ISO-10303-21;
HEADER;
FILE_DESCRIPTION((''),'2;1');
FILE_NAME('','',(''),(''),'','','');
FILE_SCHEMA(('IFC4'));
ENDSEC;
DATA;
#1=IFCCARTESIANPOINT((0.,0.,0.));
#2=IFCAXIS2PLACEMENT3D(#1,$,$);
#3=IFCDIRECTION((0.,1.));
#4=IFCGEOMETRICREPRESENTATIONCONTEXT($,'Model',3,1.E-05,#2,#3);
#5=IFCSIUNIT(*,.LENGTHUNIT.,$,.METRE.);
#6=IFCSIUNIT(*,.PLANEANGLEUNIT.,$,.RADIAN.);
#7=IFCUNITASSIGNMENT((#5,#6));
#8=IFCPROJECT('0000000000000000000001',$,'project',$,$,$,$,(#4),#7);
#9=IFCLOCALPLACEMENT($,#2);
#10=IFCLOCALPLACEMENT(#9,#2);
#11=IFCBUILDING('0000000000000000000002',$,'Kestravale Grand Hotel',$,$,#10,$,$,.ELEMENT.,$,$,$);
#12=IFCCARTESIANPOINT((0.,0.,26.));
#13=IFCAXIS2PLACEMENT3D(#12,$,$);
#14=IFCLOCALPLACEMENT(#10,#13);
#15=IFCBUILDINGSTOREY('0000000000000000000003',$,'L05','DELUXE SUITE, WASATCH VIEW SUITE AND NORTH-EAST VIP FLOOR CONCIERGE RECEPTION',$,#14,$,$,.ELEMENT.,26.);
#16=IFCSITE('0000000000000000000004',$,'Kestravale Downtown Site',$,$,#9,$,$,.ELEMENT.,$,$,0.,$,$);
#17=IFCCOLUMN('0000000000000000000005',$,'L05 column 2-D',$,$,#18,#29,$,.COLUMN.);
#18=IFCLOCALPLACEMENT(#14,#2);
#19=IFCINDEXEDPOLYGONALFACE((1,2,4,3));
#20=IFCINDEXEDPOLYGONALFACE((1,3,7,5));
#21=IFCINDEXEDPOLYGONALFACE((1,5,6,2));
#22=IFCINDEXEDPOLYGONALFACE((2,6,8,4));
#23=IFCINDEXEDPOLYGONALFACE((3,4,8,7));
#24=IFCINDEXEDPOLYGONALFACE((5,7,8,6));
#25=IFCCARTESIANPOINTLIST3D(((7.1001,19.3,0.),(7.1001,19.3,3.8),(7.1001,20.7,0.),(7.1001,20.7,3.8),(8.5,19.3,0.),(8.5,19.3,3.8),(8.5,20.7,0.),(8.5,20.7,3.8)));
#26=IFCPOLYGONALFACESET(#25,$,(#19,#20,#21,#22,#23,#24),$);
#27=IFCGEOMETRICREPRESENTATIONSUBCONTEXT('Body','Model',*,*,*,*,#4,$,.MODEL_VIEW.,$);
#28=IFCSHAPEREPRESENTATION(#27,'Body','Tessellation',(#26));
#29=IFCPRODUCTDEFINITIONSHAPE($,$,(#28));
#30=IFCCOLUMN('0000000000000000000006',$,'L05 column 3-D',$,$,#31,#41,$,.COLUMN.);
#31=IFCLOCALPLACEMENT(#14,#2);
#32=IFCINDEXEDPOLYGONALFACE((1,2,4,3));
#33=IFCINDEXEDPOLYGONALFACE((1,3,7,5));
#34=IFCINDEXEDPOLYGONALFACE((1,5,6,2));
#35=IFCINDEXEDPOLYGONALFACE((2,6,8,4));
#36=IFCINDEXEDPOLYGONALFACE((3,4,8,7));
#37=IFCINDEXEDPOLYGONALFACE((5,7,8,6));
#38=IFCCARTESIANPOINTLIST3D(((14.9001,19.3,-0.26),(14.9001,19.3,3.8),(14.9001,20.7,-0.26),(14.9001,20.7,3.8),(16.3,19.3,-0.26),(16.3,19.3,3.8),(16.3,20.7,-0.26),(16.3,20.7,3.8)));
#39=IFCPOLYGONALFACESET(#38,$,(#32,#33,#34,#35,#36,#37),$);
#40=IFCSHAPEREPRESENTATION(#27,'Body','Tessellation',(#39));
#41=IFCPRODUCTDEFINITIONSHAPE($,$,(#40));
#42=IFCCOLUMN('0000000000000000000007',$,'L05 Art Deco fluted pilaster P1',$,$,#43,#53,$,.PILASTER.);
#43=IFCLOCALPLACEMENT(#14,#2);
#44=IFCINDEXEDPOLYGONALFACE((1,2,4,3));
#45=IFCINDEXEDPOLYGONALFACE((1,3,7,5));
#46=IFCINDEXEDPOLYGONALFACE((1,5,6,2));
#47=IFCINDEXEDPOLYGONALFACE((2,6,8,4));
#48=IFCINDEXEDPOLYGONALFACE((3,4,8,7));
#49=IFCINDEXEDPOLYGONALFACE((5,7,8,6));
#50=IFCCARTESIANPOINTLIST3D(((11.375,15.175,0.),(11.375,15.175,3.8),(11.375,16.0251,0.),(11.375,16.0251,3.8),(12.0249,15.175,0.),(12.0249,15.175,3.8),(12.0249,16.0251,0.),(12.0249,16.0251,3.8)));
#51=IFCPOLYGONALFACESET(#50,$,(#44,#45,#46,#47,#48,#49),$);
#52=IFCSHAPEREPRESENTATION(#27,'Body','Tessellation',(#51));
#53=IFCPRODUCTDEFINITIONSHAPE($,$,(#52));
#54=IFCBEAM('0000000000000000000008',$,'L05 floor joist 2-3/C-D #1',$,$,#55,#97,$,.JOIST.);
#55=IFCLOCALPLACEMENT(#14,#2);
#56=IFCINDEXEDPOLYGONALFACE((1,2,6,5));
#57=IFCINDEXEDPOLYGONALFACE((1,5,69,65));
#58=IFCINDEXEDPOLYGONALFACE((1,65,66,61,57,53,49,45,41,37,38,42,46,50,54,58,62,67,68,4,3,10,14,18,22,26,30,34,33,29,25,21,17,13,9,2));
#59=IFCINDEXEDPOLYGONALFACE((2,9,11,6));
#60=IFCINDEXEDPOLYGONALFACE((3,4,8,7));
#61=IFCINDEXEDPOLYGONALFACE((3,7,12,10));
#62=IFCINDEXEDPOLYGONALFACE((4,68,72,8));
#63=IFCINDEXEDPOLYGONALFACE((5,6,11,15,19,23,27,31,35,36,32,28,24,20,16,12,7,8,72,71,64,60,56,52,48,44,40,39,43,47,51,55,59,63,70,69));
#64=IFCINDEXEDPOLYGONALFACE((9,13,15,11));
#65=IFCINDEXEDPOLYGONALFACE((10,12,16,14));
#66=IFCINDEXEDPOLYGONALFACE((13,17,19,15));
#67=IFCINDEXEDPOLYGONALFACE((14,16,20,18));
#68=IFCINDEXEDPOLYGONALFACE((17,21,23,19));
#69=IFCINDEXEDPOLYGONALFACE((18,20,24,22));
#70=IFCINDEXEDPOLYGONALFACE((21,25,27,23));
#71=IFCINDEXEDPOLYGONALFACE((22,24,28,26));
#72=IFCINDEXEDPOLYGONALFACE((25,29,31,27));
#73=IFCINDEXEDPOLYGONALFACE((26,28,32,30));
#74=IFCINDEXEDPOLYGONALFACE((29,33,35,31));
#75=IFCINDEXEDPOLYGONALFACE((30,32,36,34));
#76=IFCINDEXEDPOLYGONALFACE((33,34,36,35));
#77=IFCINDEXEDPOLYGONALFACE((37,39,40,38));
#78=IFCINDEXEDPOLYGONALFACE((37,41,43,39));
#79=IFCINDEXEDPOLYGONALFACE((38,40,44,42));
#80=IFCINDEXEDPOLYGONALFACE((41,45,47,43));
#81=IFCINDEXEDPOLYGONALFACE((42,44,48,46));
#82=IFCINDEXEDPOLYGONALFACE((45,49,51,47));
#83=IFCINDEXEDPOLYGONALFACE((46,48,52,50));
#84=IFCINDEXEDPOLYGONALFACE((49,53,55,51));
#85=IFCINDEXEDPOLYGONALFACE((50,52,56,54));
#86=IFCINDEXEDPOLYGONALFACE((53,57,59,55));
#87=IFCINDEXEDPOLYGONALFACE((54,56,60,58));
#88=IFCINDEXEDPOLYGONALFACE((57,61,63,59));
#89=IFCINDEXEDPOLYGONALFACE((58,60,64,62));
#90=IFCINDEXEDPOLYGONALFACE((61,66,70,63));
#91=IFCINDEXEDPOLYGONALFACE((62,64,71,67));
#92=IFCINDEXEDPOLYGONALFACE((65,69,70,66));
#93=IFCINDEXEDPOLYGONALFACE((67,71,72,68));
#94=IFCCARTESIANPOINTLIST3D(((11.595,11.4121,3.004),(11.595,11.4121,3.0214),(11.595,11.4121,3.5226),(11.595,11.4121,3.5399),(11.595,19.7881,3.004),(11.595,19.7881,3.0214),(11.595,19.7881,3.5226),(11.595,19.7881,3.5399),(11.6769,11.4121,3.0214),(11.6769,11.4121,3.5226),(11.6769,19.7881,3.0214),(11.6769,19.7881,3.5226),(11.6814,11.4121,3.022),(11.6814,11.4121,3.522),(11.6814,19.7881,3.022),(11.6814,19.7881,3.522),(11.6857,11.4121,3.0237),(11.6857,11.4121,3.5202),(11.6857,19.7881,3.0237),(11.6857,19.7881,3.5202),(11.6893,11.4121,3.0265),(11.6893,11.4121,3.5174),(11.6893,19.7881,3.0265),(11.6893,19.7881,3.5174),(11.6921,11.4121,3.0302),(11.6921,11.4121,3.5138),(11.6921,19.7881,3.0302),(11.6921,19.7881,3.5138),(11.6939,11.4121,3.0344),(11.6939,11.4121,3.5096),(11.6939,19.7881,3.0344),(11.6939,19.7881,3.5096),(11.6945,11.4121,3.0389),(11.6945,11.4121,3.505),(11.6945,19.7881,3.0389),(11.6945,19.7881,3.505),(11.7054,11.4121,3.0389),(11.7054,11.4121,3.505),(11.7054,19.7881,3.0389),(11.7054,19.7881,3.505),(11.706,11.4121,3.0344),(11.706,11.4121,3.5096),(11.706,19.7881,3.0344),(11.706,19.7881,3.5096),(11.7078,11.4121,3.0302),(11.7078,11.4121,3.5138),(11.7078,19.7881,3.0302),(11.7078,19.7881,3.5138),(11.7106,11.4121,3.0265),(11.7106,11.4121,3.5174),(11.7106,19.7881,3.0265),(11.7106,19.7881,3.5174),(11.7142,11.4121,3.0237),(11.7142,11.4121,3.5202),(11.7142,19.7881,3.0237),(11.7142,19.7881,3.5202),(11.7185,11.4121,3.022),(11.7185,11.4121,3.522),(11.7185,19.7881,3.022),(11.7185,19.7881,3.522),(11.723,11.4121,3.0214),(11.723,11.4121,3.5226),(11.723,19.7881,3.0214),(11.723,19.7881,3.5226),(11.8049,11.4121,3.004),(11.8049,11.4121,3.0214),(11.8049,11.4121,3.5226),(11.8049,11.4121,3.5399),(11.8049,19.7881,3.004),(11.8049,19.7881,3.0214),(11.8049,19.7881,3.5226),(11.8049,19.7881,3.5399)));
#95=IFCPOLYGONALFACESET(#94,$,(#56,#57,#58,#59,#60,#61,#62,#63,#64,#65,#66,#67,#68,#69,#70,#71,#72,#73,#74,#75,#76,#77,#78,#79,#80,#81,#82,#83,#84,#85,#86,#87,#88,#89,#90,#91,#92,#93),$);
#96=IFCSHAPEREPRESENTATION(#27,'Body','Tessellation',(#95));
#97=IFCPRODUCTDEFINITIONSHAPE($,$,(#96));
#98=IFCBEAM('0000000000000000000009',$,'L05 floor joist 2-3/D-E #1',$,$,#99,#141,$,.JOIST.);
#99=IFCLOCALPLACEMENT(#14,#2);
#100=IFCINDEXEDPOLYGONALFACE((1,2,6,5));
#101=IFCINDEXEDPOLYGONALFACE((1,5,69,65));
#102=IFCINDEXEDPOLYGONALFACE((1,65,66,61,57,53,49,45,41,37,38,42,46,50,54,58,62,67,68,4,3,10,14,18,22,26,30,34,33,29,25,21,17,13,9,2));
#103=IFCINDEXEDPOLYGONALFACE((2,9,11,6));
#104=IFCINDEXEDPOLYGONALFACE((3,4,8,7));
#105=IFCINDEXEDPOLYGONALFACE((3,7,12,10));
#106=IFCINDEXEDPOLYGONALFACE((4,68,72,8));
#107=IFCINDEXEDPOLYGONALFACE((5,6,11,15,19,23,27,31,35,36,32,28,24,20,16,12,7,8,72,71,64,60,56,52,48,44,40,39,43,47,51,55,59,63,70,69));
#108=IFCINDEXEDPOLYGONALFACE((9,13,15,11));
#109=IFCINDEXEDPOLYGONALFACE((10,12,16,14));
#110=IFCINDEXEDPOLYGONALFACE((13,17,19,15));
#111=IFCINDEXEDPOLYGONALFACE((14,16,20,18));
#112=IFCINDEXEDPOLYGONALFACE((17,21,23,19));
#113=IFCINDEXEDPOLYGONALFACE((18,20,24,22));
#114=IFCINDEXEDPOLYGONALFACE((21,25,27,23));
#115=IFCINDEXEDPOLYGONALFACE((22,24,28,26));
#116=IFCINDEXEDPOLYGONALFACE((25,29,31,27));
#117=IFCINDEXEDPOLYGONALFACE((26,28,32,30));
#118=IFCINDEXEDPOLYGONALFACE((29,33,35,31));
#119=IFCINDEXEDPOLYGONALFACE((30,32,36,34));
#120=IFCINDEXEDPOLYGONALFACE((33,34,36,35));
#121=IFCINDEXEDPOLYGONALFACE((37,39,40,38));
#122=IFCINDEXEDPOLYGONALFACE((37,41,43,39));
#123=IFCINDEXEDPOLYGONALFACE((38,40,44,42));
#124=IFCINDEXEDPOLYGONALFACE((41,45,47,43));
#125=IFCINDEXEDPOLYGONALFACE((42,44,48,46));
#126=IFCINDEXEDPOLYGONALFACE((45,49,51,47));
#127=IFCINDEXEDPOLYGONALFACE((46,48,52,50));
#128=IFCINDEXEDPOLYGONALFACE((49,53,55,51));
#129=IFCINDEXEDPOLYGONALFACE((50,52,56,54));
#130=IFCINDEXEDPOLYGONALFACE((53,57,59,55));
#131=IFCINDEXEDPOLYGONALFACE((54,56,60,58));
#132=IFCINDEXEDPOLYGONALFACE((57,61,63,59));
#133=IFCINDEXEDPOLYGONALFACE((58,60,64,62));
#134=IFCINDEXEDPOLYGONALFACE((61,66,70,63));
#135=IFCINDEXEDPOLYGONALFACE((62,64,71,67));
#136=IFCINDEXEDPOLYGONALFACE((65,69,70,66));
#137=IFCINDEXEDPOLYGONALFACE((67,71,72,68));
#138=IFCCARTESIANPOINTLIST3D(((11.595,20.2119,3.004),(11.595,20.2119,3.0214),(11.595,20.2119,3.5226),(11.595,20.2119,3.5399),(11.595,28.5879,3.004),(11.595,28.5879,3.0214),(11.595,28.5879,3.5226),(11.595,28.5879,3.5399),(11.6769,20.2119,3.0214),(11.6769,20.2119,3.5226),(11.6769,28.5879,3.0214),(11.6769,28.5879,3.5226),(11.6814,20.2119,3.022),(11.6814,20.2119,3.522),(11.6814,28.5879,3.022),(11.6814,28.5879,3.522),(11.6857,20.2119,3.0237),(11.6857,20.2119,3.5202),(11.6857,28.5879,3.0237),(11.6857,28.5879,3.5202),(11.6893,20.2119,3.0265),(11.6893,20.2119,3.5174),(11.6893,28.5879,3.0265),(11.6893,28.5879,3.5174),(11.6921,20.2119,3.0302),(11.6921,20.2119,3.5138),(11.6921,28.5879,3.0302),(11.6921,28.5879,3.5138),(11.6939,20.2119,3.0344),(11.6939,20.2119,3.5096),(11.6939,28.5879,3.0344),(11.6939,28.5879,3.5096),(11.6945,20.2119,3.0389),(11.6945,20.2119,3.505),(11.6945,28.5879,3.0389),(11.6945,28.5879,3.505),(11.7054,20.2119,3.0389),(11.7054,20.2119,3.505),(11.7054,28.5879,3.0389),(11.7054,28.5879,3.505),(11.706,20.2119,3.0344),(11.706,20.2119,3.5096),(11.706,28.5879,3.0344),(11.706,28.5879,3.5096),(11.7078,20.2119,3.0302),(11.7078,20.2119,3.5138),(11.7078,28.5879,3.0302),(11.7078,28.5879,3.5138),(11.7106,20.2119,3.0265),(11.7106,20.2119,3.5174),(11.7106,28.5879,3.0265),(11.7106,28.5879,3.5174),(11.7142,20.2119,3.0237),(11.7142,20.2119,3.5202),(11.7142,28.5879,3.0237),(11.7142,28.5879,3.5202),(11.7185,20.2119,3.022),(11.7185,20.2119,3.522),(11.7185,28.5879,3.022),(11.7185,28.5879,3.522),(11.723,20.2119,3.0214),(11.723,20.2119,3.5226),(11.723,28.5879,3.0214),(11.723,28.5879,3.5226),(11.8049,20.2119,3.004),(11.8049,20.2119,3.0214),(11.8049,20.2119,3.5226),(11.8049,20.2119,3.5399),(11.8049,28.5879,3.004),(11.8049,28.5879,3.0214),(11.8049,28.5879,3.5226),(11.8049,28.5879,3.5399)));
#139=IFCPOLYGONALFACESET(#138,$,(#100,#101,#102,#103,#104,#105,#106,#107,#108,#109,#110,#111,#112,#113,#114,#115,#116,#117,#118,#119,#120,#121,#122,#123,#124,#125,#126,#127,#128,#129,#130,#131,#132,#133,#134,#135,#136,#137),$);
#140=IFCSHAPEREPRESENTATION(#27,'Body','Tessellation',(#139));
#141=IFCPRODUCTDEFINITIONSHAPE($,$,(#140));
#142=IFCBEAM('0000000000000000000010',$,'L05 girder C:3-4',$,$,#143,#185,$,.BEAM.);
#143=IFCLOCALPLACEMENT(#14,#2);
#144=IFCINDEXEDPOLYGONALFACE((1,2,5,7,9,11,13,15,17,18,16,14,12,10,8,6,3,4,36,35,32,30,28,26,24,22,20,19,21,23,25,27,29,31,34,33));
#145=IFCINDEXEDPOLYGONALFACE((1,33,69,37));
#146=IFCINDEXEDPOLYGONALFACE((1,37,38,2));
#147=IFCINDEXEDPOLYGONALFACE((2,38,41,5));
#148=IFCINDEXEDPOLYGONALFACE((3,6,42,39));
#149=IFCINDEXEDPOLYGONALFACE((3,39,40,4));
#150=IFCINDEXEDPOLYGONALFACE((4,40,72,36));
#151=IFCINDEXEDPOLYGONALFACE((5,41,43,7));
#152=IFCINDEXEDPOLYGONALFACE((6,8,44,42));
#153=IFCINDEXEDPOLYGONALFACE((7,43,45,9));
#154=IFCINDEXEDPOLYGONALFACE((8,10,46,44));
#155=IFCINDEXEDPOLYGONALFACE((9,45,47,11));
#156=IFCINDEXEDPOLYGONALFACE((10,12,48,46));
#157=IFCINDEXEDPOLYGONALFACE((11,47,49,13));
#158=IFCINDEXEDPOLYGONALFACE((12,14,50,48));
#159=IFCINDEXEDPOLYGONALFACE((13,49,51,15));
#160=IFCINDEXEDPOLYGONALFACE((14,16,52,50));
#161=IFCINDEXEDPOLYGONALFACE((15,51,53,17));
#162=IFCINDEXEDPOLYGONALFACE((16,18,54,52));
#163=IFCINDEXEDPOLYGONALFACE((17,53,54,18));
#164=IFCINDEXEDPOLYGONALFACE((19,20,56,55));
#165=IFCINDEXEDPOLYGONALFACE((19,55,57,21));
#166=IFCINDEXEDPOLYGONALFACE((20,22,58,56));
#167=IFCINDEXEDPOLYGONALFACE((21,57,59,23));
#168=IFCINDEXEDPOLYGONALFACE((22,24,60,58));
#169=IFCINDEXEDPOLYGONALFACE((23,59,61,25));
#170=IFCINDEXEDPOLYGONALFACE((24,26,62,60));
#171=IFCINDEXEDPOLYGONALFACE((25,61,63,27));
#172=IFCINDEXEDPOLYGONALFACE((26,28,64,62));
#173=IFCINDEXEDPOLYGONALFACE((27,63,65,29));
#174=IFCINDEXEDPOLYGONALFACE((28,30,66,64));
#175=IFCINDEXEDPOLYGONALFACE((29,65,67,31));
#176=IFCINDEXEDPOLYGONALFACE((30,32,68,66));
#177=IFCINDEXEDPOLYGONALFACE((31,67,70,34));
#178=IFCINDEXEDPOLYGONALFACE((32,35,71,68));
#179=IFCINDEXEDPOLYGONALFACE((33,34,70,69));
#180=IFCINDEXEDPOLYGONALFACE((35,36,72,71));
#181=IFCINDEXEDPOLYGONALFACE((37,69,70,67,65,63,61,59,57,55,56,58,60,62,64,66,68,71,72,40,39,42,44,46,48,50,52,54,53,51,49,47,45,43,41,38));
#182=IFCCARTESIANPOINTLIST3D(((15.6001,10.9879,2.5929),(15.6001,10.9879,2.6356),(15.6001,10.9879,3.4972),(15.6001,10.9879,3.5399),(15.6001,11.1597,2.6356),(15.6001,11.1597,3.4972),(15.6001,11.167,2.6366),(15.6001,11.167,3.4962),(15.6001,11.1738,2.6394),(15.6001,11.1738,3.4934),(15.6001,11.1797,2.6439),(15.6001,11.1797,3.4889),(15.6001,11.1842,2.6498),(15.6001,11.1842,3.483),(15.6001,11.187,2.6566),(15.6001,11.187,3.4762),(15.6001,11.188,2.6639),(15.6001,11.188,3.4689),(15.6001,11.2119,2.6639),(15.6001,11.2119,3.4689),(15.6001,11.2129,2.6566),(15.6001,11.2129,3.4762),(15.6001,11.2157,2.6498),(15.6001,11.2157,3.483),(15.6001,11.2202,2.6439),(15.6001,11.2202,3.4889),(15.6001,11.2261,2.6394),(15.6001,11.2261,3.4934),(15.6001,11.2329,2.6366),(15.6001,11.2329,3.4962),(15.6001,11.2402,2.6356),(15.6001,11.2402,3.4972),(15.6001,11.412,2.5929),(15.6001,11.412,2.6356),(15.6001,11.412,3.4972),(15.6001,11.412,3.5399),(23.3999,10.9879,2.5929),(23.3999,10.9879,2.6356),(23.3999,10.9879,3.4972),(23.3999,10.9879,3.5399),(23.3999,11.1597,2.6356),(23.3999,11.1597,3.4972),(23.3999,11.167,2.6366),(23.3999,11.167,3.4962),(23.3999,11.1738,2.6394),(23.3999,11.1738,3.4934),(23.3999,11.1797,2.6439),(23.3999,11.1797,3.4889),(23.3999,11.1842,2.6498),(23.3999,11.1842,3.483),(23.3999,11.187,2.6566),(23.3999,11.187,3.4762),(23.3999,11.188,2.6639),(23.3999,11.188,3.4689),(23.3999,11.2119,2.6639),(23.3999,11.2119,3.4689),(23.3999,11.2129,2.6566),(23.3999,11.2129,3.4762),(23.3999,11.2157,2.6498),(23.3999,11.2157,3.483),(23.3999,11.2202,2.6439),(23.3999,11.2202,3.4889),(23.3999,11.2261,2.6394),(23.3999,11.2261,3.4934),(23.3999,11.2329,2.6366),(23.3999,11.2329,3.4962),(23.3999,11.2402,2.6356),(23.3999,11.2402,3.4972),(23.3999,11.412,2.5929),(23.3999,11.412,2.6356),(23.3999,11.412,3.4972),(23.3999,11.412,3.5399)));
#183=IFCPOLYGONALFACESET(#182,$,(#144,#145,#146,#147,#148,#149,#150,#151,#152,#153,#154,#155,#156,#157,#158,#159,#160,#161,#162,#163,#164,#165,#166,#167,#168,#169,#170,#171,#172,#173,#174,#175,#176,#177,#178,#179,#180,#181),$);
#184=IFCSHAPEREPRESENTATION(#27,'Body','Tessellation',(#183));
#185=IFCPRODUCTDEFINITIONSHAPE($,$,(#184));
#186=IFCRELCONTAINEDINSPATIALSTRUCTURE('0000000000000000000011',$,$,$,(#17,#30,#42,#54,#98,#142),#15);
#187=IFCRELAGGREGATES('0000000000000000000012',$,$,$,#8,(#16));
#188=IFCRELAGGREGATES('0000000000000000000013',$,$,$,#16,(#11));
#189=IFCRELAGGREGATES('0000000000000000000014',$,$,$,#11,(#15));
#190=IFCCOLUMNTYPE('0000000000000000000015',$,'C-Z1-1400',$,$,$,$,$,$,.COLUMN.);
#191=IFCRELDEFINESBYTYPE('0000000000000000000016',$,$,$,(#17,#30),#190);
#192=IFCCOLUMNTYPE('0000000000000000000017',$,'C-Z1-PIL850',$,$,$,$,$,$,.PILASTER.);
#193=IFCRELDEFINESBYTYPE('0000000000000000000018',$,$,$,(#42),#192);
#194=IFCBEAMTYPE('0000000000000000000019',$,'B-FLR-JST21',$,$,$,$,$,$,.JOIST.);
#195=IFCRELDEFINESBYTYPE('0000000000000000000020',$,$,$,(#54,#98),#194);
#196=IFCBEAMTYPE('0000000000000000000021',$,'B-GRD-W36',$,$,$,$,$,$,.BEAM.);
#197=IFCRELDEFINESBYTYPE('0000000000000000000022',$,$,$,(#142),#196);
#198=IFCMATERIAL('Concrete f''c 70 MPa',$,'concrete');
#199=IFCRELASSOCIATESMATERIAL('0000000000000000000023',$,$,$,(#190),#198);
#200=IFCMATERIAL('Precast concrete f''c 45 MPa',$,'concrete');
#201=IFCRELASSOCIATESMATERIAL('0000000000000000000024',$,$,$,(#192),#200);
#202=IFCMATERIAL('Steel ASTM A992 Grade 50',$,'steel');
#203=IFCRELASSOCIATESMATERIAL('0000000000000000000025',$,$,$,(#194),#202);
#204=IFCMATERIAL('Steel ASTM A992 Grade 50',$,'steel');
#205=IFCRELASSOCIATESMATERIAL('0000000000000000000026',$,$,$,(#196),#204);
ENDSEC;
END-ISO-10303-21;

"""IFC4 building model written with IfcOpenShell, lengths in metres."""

from ifc_helpers import new_model, si_unit, direction, frame, origin, origin_2d, place, context, subcontext, project, spatial, rectangle, i_section, extrude, material, material_profile, profile_set, type_object, element, save


model = new_model("IFC4")

# Units and contexts
model_context = context("Model", 3, precision=1e-05, world=origin(), true_north=direction((0.0, 1.0)))
body_context = subcontext(model_context, "Body", "Model", "MODEL_VIEW")
ifc_project = project(units=[si_unit("LENGTHUNIT", "METRE"), si_unit("PLANEANGLEUNIT", "RADIAN")], contexts=[model_context])

# Site, building, storey
site_placement = place(None, origin())
site = spatial("IfcSite", under=ifc_project, at=site_placement, Name="Kestravale Downtown Site", CompositionType="ELEMENT", RefElevation=0.0)
building_placement = place(site_placement, origin())
building = spatial("IfcBuilding", under=site, at=building_placement, Name="Kestravale Grand Hotel", CompositionType="ELEMENT")
storey_placement = place(building_placement, frame((0.0, 0.0, 26.0)))
storey = spatial("IfcBuildingStorey", under=building, at=storey_placement, Name="L05", Description="DELUXE SUITE, WASATCH VIEW SUITE AND NORTH-EAST VIP FLOOR CONCIERGE RECEPTION", CompositionType="ELEMENT", Elevation=26.0)

# Columns
ifc_material_1 = material(Name="Concrete f'c 70 MPa", Category="concrete")
ifc_material_profile_1 = material_profile(ifc_material_1, rectangle(XDim=1.3999, YDim=1.3999, at=origin_2d()))
ifc_profile_set_1 = profile_set([ifc_material_profile_1], Name="Concrete f'c 70 MPa")
column_type_1 = type_object("IfcColumnType", Name="C-Z1-1400", PredefinedType="COLUMN", material=ifc_profile_set_1)
column_1_placement = place(storey_placement, frame((7.8, 20.0, 0.0), z_axis=(0.0, 0.0, 1.0), x_axis=(1.0, 0.0, 0.0)))
element("IfcColumn", 1, at=column_1_placement, inside=storey, type_object=column_type_1, Name="L05 column 2-D", PredefinedType="COLUMN", context=body_context, shape_type="SweptSolid", body=[
    extrude(rectangle(XDim=1.3999, YDim=1.3999, at=origin_2d()), origin(), (0.0, 0.0, 1.0), 3.8),
])
column_2_placement = place(storey_placement, frame((15.6001, 20.0, -0.26), z_axis=(0.0, 0.0, 1.0), x_axis=(1.0, 0.0, 0.0)))
element("IfcColumn", 2, at=column_2_placement, inside=storey, type_object=column_type_1, Name="L05 column 3-D", PredefinedType="COLUMN", context=body_context, shape_type="SweptSolid", body=[
    extrude(rectangle(XDim=1.3999, YDim=1.3999, at=origin_2d()), origin(), (0.0, 0.0, 1.0), 4.0601),
])
ifc_material_2 = material(Name="Precast concrete f'c 45 MPa", Category="concrete")
ifc_material_profile_2 = material_profile(ifc_material_2, rectangle(XDim=0.6499, YDim=0.8501, at=origin_2d()))
ifc_profile_set_2 = profile_set([ifc_material_profile_2], Name="Precast concrete f'c 45 MPa")
column_type_2 = type_object("IfcColumnType", Name="C-Z1-PIL850", PredefinedType="PILASTER", material=ifc_profile_set_2)
column_3_placement = place(storey_placement, frame((11.7, 15.6001, 0.0), z_axis=(0.0, 0.0, 1.0), x_axis=(1.0, 0.0, 0.0)))
element("IfcColumn", 3, at=column_3_placement, inside=storey, type_object=column_type_2, Name="L05 Art Deco fluted pilaster P1", PredefinedType="PILASTER", context=body_context, shape_type="SweptSolid", body=[
    extrude(rectangle(XDim=0.6499, YDim=0.8501, at=origin_2d()), origin(), (0.0, 0.0, 1.0), 3.8),
])

# Beams
ifc_material_3 = material(Name="Steel ASTM A992 Grade 50", Category="steel")
ifc_material_profile_3 = material_profile(ifc_material_3, i_section(OverallWidth=0.21, OverallDepth=0.5359, WebThickness=0.011, FlangeThickness=0.0173, FilletRadius=0.0176, at=origin_2d()))
ifc_profile_set_3 = profile_set([ifc_material_profile_3], Name="Steel ASTM A992 Grade 50")
beam_type_1 = type_object("IfcBeamType", Name="B-FLR-JST21", PredefinedType="JOIST", material=ifc_profile_set_3)
for number, where, z_axis, x_axis, name in (
    (4, (11.7, 11.4121, 3.272), (0.0, 1.0, 0.0), (-1.0, 0.0, 0.0), "L05 floor joist 2-3/C-D #1"),
    (5, (11.7, 20.2119, 3.272), (0.0, 1.0, 0.0), (-1.0, 0.0, 0.0), "L05 floor joist 2-3/D-E #1"),
):
    element("IfcBeam", number, at=place(storey_placement, frame(where, z_axis=z_axis, x_axis=x_axis)), inside=storey, type_object=beam_type_1, Name=name, PredefinedType="JOIST", context=body_context, shape_type="SweptSolid", body=[
        extrude(i_section(OverallWidth=0.21, OverallDepth=0.5359, WebThickness=0.011, FlangeThickness=0.0173, FilletRadius=0.0176, at=origin_2d()), origin(), (0.0, 0.0, 1.0), 8.376),
    ])
ifc_material_4 = material(Name="Steel ASTM A992 Grade 50", Category="steel")
ifc_material_profile_4 = material_profile(ifc_material_4, i_section(OverallWidth=0.4241, OverallDepth=0.947, WebThickness=0.0239, FlangeThickness=0.0427, FilletRadius=0.0283, at=origin_2d()))
ifc_profile_set_4 = profile_set([ifc_material_profile_4], Name="Steel ASTM A992 Grade 50")
beam_type_2 = type_object("IfcBeamType", Name="B-GRD-W36", PredefinedType="BEAM", material=ifc_profile_set_4)
beam_1_placement = place(storey_placement, frame((15.6001, 11.2, 3.0664), z_axis=(1.0, 0.0, 0.0), x_axis=(0.0, 1.0, 0.0)))
element("IfcBeam", 6, at=beam_1_placement, inside=storey, type_object=beam_type_2, Name="L05 girder C:3-4", PredefinedType="BEAM", context=body_context, shape_type="SweptSolid", body=[
    extrude(i_section(OverallWidth=0.4241, OverallDepth=0.947, WebThickness=0.0239, FlangeThickness=0.0427, FilletRadius=0.0283, at=origin_2d()), origin(), (0.0, 0.0, 1.0), 7.7998),
])

save(model, "model.ifc")
